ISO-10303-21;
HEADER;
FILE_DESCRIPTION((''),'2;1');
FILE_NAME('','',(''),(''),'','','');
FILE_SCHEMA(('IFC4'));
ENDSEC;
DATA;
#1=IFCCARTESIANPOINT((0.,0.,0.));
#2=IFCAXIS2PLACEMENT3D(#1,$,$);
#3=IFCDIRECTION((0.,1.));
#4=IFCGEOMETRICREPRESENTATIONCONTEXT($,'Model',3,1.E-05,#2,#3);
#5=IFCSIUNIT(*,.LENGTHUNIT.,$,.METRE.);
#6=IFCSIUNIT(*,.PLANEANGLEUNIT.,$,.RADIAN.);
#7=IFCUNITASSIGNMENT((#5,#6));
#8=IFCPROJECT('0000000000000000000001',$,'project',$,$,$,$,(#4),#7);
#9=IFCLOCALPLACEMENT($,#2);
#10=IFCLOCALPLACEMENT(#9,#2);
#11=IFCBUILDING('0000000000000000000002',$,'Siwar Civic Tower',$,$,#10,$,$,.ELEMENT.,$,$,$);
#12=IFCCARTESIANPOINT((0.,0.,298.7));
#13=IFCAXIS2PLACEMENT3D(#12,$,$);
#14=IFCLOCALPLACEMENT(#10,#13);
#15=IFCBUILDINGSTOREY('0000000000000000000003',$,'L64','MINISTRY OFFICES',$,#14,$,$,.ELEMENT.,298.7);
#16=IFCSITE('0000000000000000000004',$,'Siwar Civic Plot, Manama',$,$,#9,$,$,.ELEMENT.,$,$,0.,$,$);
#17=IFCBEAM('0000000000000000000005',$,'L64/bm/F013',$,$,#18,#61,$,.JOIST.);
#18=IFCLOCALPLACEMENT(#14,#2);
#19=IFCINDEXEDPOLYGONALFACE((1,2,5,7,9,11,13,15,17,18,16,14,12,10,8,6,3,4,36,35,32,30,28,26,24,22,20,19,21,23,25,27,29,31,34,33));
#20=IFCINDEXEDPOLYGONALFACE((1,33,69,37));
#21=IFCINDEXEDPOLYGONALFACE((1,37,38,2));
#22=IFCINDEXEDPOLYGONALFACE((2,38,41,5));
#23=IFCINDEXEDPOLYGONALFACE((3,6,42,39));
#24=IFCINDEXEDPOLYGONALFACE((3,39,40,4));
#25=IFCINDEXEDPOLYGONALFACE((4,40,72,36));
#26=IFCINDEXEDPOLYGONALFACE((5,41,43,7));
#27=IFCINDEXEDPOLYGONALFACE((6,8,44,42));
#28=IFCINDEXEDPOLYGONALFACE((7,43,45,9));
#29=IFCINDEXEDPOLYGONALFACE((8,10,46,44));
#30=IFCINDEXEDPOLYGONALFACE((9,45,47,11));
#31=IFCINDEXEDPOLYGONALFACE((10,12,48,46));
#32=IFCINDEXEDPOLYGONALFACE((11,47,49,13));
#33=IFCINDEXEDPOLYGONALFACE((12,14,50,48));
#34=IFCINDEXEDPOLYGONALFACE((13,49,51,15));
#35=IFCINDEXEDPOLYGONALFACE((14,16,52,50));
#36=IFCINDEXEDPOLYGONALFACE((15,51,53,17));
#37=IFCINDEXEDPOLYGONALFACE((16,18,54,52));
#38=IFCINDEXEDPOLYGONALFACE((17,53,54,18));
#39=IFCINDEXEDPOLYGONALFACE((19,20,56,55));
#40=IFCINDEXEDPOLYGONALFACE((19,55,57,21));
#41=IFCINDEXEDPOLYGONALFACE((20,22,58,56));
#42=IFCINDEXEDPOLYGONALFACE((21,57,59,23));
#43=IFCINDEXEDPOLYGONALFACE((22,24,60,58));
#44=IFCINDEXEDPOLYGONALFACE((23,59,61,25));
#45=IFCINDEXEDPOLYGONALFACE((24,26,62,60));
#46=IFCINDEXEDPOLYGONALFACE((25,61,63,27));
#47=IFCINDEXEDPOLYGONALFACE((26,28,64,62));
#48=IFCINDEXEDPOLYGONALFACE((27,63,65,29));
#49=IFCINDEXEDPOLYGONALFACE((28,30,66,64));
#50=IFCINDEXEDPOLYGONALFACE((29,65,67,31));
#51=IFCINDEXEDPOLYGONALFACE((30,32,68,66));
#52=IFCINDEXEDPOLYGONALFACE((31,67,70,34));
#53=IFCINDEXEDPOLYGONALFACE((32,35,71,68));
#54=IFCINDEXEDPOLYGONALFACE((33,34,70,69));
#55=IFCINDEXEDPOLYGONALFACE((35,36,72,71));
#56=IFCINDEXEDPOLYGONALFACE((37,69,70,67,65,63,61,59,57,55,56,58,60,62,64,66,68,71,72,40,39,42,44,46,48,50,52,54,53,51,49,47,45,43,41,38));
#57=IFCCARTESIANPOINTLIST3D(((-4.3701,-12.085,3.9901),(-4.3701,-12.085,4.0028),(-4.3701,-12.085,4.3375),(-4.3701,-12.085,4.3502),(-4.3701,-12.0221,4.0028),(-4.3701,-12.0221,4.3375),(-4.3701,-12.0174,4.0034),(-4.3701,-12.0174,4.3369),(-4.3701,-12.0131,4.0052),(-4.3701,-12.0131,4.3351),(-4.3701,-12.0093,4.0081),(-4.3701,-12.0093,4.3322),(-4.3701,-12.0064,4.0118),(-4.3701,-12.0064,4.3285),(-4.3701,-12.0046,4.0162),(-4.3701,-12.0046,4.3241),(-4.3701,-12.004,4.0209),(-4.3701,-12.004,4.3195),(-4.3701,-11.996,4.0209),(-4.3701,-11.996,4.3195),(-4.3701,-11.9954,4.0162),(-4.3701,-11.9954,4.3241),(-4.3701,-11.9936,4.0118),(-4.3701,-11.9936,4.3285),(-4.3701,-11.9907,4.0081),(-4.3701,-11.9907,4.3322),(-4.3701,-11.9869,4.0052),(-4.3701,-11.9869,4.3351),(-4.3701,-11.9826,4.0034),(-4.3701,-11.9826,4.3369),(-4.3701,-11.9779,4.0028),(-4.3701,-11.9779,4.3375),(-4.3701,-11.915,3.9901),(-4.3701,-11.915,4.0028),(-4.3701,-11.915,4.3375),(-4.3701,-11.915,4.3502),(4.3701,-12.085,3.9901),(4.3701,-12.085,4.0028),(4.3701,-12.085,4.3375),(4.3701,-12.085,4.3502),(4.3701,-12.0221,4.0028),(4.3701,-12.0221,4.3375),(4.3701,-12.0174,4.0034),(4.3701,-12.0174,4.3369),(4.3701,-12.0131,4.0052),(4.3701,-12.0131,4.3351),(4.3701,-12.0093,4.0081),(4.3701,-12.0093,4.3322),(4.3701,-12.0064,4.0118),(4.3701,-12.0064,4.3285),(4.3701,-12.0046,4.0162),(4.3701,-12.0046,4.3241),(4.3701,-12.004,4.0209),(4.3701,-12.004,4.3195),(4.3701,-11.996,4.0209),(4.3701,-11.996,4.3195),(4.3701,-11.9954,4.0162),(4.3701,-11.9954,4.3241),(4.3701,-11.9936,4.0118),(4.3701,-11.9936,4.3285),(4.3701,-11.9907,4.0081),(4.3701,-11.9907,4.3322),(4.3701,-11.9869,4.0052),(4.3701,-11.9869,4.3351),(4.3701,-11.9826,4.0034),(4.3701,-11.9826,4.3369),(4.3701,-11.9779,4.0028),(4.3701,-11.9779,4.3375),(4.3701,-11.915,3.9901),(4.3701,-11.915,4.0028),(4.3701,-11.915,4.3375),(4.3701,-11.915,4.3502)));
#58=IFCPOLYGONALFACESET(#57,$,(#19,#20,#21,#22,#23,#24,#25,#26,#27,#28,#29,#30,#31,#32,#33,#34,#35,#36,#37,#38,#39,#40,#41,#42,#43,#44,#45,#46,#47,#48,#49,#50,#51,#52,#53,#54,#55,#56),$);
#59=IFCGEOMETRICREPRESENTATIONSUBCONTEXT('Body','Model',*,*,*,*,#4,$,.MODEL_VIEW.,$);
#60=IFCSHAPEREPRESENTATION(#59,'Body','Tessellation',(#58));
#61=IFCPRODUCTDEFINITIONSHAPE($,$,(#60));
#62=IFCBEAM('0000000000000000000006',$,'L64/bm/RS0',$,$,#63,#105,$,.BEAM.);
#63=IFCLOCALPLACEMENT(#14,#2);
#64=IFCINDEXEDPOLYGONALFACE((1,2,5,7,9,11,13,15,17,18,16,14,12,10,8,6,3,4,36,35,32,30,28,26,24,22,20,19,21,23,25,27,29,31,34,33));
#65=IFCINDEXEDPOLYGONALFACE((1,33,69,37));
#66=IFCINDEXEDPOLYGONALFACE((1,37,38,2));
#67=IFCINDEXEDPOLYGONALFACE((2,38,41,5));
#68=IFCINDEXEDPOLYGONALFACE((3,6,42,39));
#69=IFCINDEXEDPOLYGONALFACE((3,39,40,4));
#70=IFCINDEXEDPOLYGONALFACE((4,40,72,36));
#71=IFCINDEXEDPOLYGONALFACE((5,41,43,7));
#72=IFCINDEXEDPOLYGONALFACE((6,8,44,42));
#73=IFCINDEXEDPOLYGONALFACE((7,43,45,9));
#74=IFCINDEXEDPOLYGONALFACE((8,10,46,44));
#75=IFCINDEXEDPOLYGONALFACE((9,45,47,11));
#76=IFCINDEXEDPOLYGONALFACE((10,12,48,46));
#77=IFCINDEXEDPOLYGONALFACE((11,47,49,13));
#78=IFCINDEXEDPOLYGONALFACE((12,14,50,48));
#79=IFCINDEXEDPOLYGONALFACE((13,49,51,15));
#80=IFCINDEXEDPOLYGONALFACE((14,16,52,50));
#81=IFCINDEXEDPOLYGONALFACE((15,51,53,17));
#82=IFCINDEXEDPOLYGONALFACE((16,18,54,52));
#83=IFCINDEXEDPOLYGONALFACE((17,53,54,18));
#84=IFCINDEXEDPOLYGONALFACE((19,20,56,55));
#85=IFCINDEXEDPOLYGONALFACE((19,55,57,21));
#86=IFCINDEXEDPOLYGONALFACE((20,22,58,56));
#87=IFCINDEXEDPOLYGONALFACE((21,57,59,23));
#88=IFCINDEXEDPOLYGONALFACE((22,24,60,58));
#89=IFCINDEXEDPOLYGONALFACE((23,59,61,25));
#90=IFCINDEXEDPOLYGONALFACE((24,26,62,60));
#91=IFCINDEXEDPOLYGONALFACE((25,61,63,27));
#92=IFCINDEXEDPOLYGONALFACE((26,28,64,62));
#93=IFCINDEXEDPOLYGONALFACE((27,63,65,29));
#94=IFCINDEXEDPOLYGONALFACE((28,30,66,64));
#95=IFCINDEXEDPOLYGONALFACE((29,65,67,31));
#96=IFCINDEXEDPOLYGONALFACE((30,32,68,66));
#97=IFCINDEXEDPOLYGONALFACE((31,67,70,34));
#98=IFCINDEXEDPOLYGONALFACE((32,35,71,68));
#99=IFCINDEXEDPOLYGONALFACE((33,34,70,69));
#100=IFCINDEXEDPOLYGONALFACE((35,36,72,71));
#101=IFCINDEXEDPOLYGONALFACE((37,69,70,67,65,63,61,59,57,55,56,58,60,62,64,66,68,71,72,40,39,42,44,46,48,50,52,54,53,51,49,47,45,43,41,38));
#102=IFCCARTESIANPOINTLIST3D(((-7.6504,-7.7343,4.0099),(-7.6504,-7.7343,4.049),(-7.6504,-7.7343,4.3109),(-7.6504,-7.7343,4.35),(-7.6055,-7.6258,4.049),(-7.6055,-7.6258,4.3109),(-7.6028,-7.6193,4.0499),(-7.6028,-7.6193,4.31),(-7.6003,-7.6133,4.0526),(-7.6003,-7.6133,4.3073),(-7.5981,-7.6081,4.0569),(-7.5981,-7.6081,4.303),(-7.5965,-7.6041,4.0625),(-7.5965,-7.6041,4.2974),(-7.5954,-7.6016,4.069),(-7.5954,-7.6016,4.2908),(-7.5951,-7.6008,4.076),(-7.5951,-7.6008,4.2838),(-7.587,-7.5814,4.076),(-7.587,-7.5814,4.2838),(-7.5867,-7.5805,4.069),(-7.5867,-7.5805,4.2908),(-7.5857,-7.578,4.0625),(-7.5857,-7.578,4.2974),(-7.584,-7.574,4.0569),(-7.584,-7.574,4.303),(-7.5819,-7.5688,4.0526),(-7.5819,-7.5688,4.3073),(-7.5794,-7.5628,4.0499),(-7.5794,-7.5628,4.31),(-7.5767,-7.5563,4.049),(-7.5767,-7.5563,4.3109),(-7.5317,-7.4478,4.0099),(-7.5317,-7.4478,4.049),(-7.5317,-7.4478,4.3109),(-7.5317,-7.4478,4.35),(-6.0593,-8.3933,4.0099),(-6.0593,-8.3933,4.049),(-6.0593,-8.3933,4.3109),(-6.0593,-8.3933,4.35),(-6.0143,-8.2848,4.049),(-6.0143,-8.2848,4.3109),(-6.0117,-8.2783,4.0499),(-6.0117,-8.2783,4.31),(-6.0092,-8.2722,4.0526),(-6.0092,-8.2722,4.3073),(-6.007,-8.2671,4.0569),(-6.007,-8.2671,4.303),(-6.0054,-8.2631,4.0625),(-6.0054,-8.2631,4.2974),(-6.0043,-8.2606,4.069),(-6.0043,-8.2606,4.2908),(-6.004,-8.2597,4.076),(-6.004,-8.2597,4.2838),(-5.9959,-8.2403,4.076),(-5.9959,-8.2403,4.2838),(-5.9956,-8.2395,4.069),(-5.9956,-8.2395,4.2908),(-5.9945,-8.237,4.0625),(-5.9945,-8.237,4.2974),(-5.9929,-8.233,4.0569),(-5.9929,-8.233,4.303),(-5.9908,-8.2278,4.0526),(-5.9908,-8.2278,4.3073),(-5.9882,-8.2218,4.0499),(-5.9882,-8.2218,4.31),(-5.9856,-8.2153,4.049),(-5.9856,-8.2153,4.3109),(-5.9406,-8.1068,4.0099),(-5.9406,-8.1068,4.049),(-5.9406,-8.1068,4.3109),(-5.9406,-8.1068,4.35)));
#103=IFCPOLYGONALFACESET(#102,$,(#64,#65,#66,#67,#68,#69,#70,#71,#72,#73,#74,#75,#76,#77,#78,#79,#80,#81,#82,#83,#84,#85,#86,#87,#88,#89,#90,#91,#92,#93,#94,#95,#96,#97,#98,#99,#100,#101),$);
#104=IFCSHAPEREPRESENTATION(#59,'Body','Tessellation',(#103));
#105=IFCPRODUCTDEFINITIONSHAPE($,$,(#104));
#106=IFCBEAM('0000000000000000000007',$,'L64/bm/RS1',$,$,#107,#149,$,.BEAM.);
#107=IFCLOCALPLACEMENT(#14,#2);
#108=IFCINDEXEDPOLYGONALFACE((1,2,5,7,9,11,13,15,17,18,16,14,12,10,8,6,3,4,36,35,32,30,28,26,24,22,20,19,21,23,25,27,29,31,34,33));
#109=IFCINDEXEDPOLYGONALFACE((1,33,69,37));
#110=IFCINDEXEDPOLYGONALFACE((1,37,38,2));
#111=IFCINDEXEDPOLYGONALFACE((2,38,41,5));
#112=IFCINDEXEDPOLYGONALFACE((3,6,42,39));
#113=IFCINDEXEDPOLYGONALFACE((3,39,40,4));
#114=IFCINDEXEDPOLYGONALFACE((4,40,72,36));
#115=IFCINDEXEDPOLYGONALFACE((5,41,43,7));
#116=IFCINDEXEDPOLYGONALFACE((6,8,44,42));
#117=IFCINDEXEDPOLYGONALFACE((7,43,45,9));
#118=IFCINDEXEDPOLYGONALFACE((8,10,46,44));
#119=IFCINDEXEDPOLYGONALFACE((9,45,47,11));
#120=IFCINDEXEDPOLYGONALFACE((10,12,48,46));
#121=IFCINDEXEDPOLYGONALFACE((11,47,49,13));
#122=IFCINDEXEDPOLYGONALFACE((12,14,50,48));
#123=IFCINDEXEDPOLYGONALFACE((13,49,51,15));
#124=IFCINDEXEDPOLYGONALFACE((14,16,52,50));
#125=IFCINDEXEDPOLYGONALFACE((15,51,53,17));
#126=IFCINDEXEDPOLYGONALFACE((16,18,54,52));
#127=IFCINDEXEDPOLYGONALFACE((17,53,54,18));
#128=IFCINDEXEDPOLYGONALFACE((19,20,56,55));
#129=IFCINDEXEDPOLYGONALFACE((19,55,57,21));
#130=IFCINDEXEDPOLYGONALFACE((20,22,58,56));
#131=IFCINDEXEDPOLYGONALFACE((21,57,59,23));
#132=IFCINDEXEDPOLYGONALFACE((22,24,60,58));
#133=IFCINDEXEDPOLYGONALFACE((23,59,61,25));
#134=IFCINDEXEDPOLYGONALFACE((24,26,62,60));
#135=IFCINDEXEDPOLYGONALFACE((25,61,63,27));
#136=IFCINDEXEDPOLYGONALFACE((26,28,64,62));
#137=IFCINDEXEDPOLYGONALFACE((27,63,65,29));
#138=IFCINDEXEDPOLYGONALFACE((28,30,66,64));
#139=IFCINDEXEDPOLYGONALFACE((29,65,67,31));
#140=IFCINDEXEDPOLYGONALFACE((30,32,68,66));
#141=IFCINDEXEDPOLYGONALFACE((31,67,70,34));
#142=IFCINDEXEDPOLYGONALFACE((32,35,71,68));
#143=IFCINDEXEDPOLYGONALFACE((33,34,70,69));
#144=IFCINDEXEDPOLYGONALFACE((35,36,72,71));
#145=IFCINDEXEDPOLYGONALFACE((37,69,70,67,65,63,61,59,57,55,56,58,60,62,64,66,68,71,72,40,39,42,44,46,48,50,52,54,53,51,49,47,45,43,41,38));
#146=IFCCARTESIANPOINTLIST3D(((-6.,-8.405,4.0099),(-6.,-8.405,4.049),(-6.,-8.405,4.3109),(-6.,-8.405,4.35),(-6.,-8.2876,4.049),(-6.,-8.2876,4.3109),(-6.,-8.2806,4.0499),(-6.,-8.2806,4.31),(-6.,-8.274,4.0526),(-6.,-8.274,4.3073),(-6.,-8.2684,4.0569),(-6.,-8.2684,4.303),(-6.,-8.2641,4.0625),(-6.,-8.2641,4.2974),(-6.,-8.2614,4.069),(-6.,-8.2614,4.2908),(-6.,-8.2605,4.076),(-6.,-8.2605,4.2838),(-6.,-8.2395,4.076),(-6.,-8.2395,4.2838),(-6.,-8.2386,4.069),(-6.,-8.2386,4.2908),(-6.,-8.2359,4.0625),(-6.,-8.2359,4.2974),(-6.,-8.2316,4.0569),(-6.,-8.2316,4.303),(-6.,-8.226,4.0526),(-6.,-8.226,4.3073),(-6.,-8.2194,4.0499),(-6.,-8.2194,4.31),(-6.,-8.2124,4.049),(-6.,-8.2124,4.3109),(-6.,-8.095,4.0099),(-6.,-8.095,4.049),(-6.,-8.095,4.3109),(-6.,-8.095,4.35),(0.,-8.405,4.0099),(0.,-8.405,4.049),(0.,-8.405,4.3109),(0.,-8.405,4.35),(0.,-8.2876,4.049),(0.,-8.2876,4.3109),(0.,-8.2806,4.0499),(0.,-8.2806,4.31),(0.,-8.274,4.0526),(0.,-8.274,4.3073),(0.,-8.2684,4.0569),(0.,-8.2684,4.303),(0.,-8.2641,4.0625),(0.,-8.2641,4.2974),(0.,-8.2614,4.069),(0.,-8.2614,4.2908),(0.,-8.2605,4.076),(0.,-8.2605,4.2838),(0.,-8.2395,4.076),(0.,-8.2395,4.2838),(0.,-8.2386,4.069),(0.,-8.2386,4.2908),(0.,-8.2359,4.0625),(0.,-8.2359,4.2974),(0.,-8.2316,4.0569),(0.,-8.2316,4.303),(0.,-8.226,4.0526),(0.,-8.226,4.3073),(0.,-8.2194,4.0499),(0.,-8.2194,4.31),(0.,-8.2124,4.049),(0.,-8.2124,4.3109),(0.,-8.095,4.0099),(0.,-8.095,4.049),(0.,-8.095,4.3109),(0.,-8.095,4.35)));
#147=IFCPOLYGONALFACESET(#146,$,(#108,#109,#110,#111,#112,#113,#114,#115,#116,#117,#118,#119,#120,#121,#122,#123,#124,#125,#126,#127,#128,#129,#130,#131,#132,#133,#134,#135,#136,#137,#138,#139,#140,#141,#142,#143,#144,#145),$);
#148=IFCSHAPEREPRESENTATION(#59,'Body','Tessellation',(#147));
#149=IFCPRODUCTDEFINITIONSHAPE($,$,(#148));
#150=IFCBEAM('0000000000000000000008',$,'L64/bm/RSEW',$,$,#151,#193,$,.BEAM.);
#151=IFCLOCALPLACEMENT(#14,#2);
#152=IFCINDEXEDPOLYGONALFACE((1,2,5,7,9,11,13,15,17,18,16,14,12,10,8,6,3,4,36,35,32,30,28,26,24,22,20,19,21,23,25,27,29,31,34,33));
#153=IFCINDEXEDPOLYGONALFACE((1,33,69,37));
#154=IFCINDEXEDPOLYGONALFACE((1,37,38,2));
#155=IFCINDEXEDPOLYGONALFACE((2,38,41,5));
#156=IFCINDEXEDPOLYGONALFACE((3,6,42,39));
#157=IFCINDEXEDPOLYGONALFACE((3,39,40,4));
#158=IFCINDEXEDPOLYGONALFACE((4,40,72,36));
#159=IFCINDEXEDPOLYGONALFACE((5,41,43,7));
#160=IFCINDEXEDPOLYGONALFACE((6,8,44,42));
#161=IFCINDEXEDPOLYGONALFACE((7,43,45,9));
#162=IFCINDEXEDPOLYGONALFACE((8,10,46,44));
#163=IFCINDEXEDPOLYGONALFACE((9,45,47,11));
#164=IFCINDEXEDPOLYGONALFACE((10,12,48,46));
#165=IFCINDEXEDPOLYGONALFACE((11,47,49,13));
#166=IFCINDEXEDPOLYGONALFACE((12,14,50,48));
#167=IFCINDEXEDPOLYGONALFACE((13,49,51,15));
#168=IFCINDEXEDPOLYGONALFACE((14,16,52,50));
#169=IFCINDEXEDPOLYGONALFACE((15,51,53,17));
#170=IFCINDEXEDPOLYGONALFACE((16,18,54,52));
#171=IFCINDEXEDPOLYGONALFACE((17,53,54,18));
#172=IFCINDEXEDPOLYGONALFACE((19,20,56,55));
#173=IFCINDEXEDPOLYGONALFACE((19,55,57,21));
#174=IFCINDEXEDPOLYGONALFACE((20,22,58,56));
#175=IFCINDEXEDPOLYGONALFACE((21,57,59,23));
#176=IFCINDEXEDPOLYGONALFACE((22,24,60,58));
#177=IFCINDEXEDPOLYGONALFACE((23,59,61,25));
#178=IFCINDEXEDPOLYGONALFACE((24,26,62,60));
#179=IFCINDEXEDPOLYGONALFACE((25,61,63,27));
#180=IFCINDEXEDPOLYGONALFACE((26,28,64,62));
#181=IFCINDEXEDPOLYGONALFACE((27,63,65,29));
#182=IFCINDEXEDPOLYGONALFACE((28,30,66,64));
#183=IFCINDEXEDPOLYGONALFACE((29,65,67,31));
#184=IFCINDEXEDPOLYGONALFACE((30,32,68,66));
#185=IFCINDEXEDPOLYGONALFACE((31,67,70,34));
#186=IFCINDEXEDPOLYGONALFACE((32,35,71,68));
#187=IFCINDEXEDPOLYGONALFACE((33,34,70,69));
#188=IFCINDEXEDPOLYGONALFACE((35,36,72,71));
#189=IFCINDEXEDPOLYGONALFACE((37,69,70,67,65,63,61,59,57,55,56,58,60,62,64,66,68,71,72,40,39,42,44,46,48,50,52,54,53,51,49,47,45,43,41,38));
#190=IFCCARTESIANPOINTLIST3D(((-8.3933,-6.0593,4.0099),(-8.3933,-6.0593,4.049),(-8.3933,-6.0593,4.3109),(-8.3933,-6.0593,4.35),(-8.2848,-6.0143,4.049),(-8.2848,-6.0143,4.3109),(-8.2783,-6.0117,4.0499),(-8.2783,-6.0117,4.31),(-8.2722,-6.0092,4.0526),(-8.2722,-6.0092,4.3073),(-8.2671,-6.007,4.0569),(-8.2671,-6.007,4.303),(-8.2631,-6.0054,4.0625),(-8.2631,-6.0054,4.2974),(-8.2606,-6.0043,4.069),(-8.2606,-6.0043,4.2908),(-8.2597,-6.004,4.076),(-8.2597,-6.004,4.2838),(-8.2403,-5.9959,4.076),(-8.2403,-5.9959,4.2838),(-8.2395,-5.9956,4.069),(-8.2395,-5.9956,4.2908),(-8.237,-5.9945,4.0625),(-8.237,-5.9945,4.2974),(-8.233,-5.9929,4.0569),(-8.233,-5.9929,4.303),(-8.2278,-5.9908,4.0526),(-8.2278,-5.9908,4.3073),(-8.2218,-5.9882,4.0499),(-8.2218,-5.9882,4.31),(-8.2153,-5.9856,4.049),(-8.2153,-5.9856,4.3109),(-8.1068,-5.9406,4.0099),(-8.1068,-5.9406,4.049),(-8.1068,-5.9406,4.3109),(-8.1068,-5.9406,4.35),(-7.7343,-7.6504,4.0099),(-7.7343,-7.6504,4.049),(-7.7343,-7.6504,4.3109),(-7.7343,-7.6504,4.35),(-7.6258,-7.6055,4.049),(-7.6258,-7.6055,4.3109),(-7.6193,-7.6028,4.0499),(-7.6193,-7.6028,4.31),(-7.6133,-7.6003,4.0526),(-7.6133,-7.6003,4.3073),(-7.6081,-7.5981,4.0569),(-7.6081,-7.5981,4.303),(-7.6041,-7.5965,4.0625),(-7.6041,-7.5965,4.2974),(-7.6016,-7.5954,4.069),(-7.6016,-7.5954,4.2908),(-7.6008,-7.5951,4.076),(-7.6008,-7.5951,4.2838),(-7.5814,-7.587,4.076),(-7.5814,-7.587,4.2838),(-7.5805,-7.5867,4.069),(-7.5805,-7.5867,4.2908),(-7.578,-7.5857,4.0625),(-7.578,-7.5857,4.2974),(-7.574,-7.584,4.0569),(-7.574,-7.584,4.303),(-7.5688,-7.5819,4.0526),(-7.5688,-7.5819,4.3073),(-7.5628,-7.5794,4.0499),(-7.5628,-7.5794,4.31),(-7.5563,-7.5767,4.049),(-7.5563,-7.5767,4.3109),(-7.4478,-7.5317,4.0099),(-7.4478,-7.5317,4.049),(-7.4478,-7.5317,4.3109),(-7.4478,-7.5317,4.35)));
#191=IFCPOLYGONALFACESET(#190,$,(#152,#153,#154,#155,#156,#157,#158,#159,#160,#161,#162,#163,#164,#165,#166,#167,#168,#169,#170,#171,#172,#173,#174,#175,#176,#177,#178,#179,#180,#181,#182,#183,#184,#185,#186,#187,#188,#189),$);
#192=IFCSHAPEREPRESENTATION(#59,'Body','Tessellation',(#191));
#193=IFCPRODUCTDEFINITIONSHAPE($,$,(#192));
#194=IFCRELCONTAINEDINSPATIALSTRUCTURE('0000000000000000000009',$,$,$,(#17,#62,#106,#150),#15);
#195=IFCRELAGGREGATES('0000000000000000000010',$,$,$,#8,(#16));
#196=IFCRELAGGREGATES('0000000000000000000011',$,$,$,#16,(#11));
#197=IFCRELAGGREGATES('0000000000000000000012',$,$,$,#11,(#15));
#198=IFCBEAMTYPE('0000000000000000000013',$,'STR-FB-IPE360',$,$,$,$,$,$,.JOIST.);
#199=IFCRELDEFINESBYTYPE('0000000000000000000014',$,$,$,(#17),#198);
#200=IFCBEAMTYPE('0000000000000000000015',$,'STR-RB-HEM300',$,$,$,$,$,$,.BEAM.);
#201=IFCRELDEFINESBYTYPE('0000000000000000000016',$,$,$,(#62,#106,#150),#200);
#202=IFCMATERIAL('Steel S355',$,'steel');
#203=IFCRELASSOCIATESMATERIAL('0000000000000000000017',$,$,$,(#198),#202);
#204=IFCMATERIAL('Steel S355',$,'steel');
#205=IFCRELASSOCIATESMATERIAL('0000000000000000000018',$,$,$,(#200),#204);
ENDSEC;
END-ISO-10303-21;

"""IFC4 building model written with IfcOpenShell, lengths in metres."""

from ifc_helpers import new_model, si_unit, direction, frame, origin, origin_2d, place, context, subcontext, project, spatial, i_section, extrude, material, material_profile, profile_set, type_object, element, save


model = new_model("IFC4")

# Units and contexts
model_context = context("Model", 3, precision=1e-05, world=origin(), true_north=direction((0.0, 1.0)))
body_context = subcontext(model_context, "Body", "Model", "MODEL_VIEW")
ifc_project = project(units=[si_unit("LENGTHUNIT", "METRE"), si_unit("PLANEANGLEUNIT", "RADIAN")], contexts=[model_context])

# Site, building, storey
site_placement = place(None, origin())
site = spatial("IfcSite", under=ifc_project, at=site_placement, Name="Siwar Civic Plot, Manama", CompositionType="ELEMENT", RefElevation=0.0)
building_placement = place(site_placement, origin())
building = spatial("IfcBuilding", under=site, at=building_placement, Name="Siwar Civic Tower", CompositionType="ELEMENT")
storey_placement = place(building_placement, frame((0.0, 0.0, 298.7)))
storey = spatial("IfcBuildingStorey", under=building, at=storey_placement, Name="L64", Description="MINISTRY OFFICES", CompositionType="ELEMENT", Elevation=298.7)

# Beams
ifc_material_1 = material(Name="Steel S355", Category="steel")
ifc_material_profile_1 = material_profile(ifc_material_1, i_section(OverallWidth=0.1699, OverallDepth=0.3601, WebThickness=0.0081, FlangeThickness=0.0127, FilletRadius=0.0181, at=origin_2d()), Name="IPE360")
ifc_profile_set_1 = profile_set([ifc_material_profile_1], Name="Steel S355")
beam_type_1 = type_object("IfcBeamType", Name="STR-FB-IPE360", PredefinedType="JOIST", material=ifc_profile_set_1)
beam_1_placement = place(storey_placement, frame((-4.3701, -12.0, 4.1702), z_axis=(1.0, 0.0, 0.0), x_axis=(0.0, 1.0, 0.0)))
element("IfcBeam", 1, at=beam_1_placement, inside=storey, type_object=beam_type_1, Name="L64/bm/F013", PredefinedType="JOIST", context=body_context, shape_type="SweptSolid", body=[
    extrude(i_section(OverallWidth=0.1699, OverallDepth=0.3601, WebThickness=0.0081, FlangeThickness=0.0127, FilletRadius=0.0181, at=origin_2d()), origin(), (0.0, 0.0, 1.0), 8.7402),
])
ifc_material_2 = material(Name="Steel S355", Category="steel")
ifc_material_profile_2 = material_profile(ifc_material_2, i_section(OverallWidth=0.3101, OverallDepth=0.3401, WebThickness=0.021, FlangeThickness=0.0391, FilletRadius=0.0271, at=origin_2d()), Name="HEM300")
ifc_profile_set_2 = profile_set([ifc_material_profile_2], Name="Steel S355")
beam_type_2 = type_object("IfcBeamType", Name="STR-RB-HEM300", PredefinedType="BEAM", material=ifc_profile_set_2)
beam_2_placement = place(storey_placement, frame((-7.5911, -7.5911, 4.1799), z_axis=(0.923901, -0.382631, 0.0), x_axis=(0.382631, 0.923901, 0.0)))
element("IfcBeam", 2, at=beam_2_placement, inside=storey, type_object=beam_type_2, Name="L64/bm/RS0", PredefinedType="BEAM", context=body_context, shape_type="SweptSolid", body=[
    extrude(i_section(OverallWidth=0.3101, OverallDepth=0.3401, WebThickness=0.021, FlangeThickness=0.0391, FilletRadius=0.0271, at=origin_2d()), origin(), (0.0, 0.0, 1.0), 1.7222),
])
beam_3_placement = place(storey_placement, frame((-6.0, -8.25, 4.1799), z_axis=(1.0, 0.0, 0.0), x_axis=(0.0, 1.0, 0.0)))
element("IfcBeam", 3, at=beam_3_placement, inside=storey, type_object=beam_type_2, Name="L64/bm/RS1", PredefinedType="BEAM", context=body_context, shape_type="SweptSolid", body=[
    extrude(i_section(OverallWidth=0.3101, OverallDepth=0.3401, WebThickness=0.021, FlangeThickness=0.0391, FilletRadius=0.0271, at=origin_2d()), origin(), (0.0, 0.0, 1.0), 6.0),
])
beam_4_placement = place(storey_placement, frame((-7.5911, -7.5911, 4.1799), z_axis=(-0.382631, 0.923901, 0.0), x_axis=(-0.923901, -0.382631, 0.0)))
element("IfcBeam", 4, at=beam_4_placement, inside=storey, type_object=beam_type_2, Name="L64/bm/RSEW", PredefinedType="BEAM", context=body_context, shape_type="SweptSolid", body=[
    extrude(i_section(OverallWidth=0.3101, OverallDepth=0.3401, WebThickness=0.021, FlangeThickness=0.0391, FilletRadius=0.0271, at=origin_2d()), origin(), (0.0, 0.0, 1.0), 1.7222),
])

save(model, "model.ifc")
